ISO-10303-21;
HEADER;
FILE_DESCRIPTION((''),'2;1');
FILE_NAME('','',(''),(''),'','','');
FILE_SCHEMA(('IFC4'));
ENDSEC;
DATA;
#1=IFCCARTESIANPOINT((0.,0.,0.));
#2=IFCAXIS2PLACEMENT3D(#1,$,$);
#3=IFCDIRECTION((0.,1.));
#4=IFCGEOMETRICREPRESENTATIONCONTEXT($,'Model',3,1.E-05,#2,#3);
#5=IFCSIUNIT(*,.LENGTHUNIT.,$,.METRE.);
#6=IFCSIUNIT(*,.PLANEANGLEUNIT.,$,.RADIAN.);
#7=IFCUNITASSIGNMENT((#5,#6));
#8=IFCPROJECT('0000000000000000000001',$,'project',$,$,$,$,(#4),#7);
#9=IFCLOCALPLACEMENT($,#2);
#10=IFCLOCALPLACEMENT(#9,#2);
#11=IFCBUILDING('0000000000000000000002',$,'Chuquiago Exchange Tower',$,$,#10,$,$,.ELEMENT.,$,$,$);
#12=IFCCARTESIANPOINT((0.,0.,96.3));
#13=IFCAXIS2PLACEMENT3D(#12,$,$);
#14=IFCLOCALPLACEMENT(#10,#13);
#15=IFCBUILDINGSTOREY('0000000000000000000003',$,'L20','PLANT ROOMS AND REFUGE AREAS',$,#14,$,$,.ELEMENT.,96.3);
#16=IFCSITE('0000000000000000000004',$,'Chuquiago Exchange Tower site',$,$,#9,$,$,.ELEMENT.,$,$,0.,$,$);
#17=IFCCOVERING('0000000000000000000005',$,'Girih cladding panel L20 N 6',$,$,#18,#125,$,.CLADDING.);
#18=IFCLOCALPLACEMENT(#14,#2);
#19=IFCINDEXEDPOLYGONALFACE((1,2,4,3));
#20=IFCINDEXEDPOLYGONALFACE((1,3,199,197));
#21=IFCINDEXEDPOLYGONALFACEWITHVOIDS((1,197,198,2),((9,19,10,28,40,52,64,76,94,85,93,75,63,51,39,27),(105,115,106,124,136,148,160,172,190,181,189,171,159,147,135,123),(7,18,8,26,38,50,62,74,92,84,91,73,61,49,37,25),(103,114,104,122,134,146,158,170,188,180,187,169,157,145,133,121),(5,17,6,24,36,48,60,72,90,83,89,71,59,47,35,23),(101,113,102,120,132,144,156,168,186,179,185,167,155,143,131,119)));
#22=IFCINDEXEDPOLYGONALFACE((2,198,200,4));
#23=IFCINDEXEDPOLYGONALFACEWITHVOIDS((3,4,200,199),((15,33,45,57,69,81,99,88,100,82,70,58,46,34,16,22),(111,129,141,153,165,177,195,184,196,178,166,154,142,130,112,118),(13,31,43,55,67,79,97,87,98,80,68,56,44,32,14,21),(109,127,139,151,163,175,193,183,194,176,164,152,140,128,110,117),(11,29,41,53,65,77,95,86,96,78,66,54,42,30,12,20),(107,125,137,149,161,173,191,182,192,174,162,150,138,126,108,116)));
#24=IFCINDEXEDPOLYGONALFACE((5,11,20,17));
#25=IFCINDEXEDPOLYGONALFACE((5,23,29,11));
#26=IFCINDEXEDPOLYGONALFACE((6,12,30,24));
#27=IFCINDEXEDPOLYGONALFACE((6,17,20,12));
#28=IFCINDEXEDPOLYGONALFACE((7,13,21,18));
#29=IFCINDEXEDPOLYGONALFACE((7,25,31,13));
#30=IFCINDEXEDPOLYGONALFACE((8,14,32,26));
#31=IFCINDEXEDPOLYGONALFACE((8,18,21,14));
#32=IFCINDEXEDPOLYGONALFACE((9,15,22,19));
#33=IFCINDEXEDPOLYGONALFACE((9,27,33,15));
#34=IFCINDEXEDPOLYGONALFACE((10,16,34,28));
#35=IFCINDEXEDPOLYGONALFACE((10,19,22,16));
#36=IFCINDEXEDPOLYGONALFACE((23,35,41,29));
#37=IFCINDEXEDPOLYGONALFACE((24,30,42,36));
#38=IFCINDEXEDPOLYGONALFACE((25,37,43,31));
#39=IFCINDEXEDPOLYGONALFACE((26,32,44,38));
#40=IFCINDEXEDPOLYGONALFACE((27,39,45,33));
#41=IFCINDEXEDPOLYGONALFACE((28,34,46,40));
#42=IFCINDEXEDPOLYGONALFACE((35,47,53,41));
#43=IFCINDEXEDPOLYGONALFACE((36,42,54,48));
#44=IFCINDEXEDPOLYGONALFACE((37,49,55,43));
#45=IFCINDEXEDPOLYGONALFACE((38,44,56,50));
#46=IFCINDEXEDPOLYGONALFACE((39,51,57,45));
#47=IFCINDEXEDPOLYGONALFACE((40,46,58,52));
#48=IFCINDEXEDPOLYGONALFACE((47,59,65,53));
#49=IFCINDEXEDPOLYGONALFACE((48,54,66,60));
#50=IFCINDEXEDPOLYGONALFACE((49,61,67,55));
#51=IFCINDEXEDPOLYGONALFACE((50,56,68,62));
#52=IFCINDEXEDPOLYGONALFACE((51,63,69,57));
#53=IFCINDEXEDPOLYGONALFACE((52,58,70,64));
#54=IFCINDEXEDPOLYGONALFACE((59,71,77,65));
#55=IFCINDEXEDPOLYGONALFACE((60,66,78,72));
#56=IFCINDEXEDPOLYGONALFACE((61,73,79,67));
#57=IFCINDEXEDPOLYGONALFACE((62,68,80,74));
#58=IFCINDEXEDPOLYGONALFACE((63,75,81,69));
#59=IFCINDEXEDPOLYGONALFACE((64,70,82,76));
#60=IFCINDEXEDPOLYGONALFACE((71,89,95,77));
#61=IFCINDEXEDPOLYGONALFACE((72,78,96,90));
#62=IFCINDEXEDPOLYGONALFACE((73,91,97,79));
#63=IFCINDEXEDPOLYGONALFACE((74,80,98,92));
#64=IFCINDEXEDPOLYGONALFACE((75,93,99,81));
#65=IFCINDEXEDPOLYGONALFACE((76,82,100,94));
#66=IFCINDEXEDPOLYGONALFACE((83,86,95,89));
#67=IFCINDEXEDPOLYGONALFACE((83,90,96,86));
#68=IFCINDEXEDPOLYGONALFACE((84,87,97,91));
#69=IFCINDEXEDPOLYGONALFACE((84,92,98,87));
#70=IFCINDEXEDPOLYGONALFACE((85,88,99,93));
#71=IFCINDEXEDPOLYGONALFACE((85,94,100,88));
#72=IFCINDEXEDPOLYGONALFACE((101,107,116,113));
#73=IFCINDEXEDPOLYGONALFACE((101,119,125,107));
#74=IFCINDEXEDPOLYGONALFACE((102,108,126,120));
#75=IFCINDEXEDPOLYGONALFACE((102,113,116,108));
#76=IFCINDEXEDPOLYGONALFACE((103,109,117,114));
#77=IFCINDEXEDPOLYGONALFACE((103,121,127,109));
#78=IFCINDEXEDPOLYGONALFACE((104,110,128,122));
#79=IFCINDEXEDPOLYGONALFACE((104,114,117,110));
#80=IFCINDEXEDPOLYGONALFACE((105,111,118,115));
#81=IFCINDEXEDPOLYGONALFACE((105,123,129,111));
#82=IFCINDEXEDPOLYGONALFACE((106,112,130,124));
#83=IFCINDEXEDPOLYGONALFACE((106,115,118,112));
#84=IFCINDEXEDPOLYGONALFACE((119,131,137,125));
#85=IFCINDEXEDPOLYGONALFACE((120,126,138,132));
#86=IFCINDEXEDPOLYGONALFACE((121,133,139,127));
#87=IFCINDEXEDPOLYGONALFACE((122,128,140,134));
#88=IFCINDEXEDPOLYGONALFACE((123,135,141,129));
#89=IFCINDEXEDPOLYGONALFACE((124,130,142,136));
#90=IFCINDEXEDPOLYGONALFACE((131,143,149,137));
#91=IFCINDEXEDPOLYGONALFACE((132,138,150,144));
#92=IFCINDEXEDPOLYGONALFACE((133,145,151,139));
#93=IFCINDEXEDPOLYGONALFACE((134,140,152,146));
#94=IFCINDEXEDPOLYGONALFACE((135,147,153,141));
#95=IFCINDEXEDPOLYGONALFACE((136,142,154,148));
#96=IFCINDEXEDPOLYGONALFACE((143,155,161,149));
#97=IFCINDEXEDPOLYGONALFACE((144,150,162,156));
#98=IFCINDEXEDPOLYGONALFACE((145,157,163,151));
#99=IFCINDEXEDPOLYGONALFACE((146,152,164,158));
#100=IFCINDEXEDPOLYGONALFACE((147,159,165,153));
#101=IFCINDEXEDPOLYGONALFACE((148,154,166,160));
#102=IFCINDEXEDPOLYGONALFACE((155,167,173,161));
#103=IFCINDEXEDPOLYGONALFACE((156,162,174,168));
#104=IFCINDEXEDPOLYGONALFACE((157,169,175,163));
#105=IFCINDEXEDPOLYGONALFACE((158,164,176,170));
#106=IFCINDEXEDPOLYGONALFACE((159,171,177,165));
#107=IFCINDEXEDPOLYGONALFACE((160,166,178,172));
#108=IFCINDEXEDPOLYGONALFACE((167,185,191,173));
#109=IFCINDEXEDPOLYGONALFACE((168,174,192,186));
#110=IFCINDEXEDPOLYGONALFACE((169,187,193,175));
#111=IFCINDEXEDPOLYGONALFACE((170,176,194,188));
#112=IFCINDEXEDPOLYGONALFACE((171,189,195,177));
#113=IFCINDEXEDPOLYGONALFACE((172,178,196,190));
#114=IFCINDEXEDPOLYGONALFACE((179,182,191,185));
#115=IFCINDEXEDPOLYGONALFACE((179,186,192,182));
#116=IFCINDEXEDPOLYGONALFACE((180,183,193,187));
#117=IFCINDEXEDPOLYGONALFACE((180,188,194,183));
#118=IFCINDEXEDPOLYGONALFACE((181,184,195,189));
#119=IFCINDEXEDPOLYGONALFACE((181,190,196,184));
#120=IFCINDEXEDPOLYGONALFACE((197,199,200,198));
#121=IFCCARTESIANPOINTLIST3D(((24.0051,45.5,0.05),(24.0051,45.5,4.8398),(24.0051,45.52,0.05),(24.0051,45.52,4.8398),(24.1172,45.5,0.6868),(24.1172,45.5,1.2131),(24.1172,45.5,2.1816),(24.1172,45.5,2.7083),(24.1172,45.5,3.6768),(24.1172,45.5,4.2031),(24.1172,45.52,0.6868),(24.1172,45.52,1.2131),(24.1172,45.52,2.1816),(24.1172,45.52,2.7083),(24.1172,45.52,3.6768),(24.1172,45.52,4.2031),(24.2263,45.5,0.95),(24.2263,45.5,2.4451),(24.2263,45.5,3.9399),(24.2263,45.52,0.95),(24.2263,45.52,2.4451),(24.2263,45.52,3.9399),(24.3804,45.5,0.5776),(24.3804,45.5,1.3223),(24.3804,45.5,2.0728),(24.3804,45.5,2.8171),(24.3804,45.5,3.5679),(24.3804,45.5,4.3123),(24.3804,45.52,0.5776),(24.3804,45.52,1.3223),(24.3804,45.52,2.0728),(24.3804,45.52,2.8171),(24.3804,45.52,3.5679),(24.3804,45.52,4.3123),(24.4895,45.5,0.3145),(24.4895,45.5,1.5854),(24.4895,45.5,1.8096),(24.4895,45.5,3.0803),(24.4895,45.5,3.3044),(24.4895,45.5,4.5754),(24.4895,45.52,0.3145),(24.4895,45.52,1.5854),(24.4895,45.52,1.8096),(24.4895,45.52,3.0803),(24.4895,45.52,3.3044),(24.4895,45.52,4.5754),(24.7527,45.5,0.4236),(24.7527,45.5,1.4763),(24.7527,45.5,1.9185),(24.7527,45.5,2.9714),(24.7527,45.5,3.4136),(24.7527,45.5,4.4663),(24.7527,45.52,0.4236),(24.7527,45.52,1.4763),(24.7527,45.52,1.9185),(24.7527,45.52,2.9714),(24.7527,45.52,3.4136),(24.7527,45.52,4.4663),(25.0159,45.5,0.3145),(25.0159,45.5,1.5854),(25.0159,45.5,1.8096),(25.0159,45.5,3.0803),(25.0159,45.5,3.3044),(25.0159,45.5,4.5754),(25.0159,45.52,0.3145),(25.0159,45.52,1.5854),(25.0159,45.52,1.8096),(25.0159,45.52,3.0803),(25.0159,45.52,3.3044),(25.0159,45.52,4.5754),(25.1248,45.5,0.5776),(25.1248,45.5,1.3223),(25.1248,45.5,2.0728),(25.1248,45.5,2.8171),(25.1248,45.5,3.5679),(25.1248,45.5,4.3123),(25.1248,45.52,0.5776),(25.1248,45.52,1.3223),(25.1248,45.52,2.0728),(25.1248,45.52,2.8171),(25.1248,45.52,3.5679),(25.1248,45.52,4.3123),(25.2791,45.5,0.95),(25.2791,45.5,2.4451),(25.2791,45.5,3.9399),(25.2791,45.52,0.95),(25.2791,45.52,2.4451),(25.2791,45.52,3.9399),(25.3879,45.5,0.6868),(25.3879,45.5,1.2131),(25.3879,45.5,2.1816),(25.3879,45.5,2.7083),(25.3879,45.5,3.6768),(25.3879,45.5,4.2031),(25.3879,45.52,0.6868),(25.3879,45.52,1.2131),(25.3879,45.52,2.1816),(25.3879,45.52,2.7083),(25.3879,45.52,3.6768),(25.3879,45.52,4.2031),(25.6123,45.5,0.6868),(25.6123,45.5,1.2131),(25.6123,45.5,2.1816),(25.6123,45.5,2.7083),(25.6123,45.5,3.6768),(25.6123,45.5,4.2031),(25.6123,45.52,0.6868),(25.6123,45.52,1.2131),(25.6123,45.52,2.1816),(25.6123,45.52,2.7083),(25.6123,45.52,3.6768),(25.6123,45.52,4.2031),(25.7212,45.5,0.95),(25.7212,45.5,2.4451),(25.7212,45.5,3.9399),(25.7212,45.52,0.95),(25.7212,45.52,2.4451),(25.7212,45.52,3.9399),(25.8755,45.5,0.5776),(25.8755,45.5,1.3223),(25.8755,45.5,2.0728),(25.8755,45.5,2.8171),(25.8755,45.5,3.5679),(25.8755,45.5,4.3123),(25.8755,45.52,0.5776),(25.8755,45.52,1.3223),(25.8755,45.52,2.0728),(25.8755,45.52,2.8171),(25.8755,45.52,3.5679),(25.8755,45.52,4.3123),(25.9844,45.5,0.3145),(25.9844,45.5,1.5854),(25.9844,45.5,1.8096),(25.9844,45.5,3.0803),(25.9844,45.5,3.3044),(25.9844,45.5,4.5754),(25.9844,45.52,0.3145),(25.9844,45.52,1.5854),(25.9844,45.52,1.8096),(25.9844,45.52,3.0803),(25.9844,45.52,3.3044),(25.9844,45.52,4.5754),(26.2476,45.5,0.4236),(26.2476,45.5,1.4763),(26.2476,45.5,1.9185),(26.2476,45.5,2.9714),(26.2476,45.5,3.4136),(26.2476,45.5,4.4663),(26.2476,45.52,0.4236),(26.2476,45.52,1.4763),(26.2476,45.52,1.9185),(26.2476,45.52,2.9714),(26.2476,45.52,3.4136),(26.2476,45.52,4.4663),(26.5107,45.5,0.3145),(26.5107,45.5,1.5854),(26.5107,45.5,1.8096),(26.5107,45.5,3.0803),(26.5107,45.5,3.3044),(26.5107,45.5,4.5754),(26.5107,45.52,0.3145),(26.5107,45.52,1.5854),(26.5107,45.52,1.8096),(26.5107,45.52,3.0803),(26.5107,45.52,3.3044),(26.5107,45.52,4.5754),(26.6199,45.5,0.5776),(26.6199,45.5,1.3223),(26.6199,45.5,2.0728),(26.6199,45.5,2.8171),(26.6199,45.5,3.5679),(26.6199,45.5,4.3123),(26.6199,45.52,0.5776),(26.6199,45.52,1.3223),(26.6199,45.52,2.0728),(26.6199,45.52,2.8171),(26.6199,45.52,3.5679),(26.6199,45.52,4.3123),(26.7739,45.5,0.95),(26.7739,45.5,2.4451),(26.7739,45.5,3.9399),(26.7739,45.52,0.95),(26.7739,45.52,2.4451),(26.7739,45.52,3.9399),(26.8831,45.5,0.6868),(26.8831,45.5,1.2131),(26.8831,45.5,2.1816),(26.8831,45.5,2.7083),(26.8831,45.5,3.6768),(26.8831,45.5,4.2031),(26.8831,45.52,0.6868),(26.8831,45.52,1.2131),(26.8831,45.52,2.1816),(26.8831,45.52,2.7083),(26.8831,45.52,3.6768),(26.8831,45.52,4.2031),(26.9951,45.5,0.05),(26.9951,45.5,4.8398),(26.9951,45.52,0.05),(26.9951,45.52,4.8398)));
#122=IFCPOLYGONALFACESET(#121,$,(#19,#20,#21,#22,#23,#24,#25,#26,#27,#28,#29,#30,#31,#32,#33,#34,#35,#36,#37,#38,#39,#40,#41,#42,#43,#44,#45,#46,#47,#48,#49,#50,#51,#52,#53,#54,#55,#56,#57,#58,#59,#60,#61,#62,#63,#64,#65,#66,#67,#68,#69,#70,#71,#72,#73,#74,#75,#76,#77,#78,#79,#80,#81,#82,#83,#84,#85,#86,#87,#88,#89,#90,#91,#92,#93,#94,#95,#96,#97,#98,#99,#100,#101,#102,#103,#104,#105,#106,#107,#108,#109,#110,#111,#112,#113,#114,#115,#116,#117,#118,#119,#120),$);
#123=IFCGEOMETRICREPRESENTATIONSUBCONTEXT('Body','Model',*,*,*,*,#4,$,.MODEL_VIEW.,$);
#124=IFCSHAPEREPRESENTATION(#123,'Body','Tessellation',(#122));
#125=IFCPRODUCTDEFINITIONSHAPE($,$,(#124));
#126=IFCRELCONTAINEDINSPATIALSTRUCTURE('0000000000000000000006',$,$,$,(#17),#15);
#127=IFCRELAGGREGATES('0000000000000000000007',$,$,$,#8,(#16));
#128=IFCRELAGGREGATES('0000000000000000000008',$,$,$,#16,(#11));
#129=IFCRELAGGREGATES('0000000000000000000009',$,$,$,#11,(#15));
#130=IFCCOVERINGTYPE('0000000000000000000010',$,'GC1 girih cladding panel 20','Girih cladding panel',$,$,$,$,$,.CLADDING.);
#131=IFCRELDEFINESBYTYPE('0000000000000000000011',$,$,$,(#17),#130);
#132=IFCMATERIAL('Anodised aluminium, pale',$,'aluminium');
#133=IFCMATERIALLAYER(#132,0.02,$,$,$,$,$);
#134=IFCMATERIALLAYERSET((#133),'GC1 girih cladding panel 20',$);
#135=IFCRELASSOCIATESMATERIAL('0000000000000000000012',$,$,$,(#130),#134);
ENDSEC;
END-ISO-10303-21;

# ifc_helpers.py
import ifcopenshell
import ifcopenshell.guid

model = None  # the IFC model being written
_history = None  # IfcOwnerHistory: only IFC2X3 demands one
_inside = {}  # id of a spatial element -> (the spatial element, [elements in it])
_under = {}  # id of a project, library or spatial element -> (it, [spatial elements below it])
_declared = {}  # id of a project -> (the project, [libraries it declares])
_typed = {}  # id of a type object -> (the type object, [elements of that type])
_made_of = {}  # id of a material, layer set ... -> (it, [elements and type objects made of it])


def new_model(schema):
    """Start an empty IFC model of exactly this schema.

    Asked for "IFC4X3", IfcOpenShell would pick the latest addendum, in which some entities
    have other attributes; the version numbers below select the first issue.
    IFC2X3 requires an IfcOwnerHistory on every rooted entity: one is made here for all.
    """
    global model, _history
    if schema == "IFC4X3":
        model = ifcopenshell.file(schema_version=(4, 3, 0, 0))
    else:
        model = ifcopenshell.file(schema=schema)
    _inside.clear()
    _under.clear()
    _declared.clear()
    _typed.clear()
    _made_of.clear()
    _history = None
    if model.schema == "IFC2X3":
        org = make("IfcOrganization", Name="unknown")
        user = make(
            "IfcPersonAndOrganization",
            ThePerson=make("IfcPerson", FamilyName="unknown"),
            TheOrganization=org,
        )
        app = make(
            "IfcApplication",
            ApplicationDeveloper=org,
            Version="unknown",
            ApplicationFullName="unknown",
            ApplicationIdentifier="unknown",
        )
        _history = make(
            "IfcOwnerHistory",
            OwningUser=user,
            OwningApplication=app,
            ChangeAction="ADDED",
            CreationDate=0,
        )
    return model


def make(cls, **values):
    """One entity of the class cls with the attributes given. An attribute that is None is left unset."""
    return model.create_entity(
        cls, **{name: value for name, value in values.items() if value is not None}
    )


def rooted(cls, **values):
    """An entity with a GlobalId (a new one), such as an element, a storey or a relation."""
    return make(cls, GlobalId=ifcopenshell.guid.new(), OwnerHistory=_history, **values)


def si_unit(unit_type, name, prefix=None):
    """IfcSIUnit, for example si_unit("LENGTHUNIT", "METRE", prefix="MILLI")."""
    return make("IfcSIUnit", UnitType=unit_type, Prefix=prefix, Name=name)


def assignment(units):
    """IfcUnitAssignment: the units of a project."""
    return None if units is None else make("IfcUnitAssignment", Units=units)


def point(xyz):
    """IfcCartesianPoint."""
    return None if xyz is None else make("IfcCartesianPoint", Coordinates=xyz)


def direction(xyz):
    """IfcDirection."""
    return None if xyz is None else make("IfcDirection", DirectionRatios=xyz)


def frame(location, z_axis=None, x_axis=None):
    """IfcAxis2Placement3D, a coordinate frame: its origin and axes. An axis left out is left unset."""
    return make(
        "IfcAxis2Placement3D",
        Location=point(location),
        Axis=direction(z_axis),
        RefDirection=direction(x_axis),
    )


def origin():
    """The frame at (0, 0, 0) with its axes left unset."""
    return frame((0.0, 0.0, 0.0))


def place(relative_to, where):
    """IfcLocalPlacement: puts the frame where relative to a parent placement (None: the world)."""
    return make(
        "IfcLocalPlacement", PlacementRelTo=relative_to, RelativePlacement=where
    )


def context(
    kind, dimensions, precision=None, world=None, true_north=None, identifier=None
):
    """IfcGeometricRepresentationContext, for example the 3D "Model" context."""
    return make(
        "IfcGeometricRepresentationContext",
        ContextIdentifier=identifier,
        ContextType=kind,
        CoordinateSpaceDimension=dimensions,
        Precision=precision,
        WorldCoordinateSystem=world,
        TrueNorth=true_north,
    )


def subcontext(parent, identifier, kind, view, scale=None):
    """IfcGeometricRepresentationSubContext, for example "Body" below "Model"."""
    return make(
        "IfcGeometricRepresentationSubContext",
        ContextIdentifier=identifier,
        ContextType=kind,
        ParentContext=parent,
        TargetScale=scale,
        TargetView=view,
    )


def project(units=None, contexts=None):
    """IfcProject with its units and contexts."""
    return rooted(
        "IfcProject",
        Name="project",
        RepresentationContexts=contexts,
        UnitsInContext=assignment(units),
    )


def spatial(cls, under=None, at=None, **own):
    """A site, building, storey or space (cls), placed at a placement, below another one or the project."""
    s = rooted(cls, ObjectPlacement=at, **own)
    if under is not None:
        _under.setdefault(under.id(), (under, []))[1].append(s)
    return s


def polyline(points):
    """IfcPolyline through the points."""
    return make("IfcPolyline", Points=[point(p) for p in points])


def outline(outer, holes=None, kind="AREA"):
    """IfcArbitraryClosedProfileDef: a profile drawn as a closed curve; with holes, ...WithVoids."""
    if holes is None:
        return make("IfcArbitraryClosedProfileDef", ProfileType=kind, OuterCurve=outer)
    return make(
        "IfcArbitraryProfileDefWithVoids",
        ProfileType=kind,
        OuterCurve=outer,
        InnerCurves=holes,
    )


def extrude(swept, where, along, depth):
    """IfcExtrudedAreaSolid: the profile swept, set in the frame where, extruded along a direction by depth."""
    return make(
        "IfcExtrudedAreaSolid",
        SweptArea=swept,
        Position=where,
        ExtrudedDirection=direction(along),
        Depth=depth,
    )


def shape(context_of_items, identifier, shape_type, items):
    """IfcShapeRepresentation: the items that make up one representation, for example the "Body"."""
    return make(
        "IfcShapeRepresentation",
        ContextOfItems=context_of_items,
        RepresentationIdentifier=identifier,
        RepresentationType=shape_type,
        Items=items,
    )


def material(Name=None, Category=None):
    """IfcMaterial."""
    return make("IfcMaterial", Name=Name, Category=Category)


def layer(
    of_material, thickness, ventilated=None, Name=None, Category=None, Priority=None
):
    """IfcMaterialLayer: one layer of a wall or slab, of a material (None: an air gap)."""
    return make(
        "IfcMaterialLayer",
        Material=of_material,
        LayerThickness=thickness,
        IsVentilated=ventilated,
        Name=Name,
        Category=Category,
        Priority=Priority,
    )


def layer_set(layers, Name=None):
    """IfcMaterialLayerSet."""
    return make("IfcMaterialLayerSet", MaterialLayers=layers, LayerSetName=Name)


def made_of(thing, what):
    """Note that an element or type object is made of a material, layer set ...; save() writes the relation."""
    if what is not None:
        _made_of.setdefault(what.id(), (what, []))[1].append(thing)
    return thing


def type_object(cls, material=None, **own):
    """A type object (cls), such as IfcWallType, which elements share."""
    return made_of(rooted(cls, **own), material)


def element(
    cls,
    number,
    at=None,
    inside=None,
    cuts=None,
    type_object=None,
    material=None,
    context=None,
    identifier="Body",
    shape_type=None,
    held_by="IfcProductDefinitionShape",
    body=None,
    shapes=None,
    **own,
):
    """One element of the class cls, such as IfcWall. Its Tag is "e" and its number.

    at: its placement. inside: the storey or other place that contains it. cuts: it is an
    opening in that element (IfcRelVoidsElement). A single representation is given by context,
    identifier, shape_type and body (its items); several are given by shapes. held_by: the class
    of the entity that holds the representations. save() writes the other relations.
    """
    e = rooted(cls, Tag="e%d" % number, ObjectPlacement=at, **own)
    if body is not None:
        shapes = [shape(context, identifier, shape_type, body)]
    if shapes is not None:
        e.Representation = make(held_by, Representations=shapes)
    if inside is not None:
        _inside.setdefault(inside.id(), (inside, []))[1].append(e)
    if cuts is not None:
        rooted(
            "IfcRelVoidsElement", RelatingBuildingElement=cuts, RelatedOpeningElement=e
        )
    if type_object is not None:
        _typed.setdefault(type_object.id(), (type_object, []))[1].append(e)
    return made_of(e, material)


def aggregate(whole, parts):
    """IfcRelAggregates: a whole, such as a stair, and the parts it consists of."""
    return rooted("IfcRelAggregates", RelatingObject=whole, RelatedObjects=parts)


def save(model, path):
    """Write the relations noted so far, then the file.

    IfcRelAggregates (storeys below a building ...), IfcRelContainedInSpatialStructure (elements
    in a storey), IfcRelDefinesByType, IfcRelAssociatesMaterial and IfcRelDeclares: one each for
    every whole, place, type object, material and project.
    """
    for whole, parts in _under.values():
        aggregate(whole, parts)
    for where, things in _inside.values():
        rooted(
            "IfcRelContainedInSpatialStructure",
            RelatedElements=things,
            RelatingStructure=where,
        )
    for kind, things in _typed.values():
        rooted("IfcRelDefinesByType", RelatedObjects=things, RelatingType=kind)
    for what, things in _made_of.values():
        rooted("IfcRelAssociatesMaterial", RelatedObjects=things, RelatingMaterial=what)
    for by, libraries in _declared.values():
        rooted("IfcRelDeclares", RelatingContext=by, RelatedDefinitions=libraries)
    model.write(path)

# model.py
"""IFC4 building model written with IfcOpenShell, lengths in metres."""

from ifc_helpers import new_model, si_unit, direction, frame, origin, place, context, subcontext, project, spatial, polyline, outline, extrude, material, layer, layer_set, type_object, element, save


model = new_model("IFC4")

# Units and contexts
model_context = context("Model", 3, precision=1e-05, world=origin(), true_north=direction((0.0, 1.0)))
body_context = subcontext(model_context, "Body", "Model", "MODEL_VIEW")
ifc_project = project(units=[si_unit("LENGTHUNIT", "METRE"), si_unit("PLANEANGLEUNIT", "RADIAN")], contexts=[model_context])

# Site, building, storey
site_placement = place(None, origin())
site = spatial("IfcSite", under=ifc_project, at=site_placement, Name="Chuquiago Exchange Tower site", CompositionType="ELEMENT", RefElevation=0.0)
building_placement = place(site_placement, origin())
building = spatial("IfcBuilding", under=site, at=building_placement, Name="Chuquiago Exchange Tower", CompositionType="ELEMENT")
storey_placement = place(building_placement, frame((0.0, 0.0, 96.3)))
storey = spatial("IfcBuildingStorey", under=building, at=storey_placement, Name="L20", Description="PLANT ROOMS AND REFUGE AREAS", CompositionType="ELEMENT", Elevation=96.3)

# Covering
ifc_material_1 = material(Name="Anodised aluminium, pale", Category="aluminium")
ifc_layer_1 = layer(ifc_material_1, 0.02)
ifc_layer_set_1 = layer_set([ifc_layer_1], Name="GC1 girih cladding panel 20")
covering_type = type_object("IfcCoveringType", Name="GC1 girih cladding panel 20", Description="Girih cladding panel", PredefinedType="CLADDING", material=ifc_layer_set_1)
covering_1_placement = place(storey_placement, frame((26.9951, 45.5, 0.05), z_axis=(0.0, 0.0, 1.0), x_axis=(-1.0, 0.0, 0.0)))
element("IfcCovering", 1, at=covering_1_placement, inside=storey, type_object=covering_type, Name="Girih cladding panel L20 N 6", PredefinedType="CLADDING", context=body_context, shape_type="SweptSolid", body=[
    extrude(outline(polyline([(0.0, 0.0), (2.99, 0.0), (2.99, 4.7898), (0.0, 4.7898), (0.0, 0.0)]), holes=[polyline([(1.2739, 0.8999), (1.3828, 1.1631), (1.1196, 1.2722), (1.0107, 1.5354), (0.7476, 1.4263), (0.4844, 1.5354), (0.3752, 1.2722), (0.1121, 1.1631), (0.2212, 0.8999), (0.1121, 0.6367), (0.3752, 0.5276), (0.4844, 0.2644), (0.7476, 0.3735), (1.0107, 0.2644), (1.1196, 0.5276), (1.3828, 0.6367), (1.2739, 0.8999)]), polyline([(2.7688, 0.8999), (2.8779, 1.1631), (2.6147, 1.2722), (2.5056, 1.5354), (2.2424, 1.4263), (1.9792, 1.5354), (1.8704, 1.2722), (1.6072, 1.1631), (1.7161, 0.8999), (1.6072, 0.6367), (1.8704, 0.5276), (1.9792, 0.2644), (2.2424, 0.3735), (2.5056, 0.2644), (2.6147, 0.5276), (2.8779, 0.6367), (2.7688, 0.8999)]), polyline([(1.2739, 2.395), (1.3828, 2.6582), (1.1196, 2.7671), (1.0107, 3.0303), (0.7476, 2.9214), (0.4844, 3.0303), (0.3752, 2.7671), (0.1121, 2.6582), (0.2212, 2.395), (0.1121, 2.1316), (0.3752, 2.0227), (0.4844, 1.7595), (0.7476, 1.8684), (1.0107, 1.7595), (1.1196, 2.0227), (1.3828, 2.1316), (1.2739, 2.395)]), polyline([(2.7688, 2.395), (2.8779, 2.6582), (2.6147, 2.7671), (2.5056, 3.0303), (2.2424, 2.9214), (1.9792, 3.0303), (1.8704, 2.7671), (1.6072, 2.6582), (1.7161, 2.395), (1.6072, 2.1316), (1.8704, 2.0227), (1.9792, 1.7595), (2.2424, 1.8684), (2.5056, 1.7595), (2.6147, 2.0227), (2.8779, 2.1316), (2.7688, 2.395)]), polyline([(1.2739, 3.8899), (1.3828, 4.1531), (1.1196, 4.2622), (1.0107, 4.5254), (0.7476, 4.4163), (0.4844, 4.5254), (0.3752, 4.2622), (0.1121, 4.1531), (0.2212, 3.8899), (0.1121, 3.6267), (0.3752, 3.5178), (0.4844, 3.2544), (0.7476, 3.3635), (1.0107, 3.2544), (1.1196, 3.5178), (1.3828, 3.6267), (1.2739, 3.8899)]), polyline([(2.7688, 3.8899), (2.8779, 4.1531), (2.6147, 4.2622), (2.5056, 4.5254), (2.2424, 4.4163), (1.9792, 4.5254), (1.8704, 4.2622), (1.6072, 4.1531), (1.7161, 3.8899), (1.6072, 3.6267), (1.8704, 3.5178), (1.9792, 3.2544), (2.2424, 3.3635), (2.5056, 3.2544), (2.6147, 3.5178), (2.8779, 3.6267), (2.7688, 3.8899)])]), frame((0.0, 0.0, 0.0), z_axis=(0.0, -1.0, 0.0), x_axis=(1.0, 0.0, 0.0)), (0.0, 0.0, 1.0), 0.02),
])

save(model, "model.ifc")
